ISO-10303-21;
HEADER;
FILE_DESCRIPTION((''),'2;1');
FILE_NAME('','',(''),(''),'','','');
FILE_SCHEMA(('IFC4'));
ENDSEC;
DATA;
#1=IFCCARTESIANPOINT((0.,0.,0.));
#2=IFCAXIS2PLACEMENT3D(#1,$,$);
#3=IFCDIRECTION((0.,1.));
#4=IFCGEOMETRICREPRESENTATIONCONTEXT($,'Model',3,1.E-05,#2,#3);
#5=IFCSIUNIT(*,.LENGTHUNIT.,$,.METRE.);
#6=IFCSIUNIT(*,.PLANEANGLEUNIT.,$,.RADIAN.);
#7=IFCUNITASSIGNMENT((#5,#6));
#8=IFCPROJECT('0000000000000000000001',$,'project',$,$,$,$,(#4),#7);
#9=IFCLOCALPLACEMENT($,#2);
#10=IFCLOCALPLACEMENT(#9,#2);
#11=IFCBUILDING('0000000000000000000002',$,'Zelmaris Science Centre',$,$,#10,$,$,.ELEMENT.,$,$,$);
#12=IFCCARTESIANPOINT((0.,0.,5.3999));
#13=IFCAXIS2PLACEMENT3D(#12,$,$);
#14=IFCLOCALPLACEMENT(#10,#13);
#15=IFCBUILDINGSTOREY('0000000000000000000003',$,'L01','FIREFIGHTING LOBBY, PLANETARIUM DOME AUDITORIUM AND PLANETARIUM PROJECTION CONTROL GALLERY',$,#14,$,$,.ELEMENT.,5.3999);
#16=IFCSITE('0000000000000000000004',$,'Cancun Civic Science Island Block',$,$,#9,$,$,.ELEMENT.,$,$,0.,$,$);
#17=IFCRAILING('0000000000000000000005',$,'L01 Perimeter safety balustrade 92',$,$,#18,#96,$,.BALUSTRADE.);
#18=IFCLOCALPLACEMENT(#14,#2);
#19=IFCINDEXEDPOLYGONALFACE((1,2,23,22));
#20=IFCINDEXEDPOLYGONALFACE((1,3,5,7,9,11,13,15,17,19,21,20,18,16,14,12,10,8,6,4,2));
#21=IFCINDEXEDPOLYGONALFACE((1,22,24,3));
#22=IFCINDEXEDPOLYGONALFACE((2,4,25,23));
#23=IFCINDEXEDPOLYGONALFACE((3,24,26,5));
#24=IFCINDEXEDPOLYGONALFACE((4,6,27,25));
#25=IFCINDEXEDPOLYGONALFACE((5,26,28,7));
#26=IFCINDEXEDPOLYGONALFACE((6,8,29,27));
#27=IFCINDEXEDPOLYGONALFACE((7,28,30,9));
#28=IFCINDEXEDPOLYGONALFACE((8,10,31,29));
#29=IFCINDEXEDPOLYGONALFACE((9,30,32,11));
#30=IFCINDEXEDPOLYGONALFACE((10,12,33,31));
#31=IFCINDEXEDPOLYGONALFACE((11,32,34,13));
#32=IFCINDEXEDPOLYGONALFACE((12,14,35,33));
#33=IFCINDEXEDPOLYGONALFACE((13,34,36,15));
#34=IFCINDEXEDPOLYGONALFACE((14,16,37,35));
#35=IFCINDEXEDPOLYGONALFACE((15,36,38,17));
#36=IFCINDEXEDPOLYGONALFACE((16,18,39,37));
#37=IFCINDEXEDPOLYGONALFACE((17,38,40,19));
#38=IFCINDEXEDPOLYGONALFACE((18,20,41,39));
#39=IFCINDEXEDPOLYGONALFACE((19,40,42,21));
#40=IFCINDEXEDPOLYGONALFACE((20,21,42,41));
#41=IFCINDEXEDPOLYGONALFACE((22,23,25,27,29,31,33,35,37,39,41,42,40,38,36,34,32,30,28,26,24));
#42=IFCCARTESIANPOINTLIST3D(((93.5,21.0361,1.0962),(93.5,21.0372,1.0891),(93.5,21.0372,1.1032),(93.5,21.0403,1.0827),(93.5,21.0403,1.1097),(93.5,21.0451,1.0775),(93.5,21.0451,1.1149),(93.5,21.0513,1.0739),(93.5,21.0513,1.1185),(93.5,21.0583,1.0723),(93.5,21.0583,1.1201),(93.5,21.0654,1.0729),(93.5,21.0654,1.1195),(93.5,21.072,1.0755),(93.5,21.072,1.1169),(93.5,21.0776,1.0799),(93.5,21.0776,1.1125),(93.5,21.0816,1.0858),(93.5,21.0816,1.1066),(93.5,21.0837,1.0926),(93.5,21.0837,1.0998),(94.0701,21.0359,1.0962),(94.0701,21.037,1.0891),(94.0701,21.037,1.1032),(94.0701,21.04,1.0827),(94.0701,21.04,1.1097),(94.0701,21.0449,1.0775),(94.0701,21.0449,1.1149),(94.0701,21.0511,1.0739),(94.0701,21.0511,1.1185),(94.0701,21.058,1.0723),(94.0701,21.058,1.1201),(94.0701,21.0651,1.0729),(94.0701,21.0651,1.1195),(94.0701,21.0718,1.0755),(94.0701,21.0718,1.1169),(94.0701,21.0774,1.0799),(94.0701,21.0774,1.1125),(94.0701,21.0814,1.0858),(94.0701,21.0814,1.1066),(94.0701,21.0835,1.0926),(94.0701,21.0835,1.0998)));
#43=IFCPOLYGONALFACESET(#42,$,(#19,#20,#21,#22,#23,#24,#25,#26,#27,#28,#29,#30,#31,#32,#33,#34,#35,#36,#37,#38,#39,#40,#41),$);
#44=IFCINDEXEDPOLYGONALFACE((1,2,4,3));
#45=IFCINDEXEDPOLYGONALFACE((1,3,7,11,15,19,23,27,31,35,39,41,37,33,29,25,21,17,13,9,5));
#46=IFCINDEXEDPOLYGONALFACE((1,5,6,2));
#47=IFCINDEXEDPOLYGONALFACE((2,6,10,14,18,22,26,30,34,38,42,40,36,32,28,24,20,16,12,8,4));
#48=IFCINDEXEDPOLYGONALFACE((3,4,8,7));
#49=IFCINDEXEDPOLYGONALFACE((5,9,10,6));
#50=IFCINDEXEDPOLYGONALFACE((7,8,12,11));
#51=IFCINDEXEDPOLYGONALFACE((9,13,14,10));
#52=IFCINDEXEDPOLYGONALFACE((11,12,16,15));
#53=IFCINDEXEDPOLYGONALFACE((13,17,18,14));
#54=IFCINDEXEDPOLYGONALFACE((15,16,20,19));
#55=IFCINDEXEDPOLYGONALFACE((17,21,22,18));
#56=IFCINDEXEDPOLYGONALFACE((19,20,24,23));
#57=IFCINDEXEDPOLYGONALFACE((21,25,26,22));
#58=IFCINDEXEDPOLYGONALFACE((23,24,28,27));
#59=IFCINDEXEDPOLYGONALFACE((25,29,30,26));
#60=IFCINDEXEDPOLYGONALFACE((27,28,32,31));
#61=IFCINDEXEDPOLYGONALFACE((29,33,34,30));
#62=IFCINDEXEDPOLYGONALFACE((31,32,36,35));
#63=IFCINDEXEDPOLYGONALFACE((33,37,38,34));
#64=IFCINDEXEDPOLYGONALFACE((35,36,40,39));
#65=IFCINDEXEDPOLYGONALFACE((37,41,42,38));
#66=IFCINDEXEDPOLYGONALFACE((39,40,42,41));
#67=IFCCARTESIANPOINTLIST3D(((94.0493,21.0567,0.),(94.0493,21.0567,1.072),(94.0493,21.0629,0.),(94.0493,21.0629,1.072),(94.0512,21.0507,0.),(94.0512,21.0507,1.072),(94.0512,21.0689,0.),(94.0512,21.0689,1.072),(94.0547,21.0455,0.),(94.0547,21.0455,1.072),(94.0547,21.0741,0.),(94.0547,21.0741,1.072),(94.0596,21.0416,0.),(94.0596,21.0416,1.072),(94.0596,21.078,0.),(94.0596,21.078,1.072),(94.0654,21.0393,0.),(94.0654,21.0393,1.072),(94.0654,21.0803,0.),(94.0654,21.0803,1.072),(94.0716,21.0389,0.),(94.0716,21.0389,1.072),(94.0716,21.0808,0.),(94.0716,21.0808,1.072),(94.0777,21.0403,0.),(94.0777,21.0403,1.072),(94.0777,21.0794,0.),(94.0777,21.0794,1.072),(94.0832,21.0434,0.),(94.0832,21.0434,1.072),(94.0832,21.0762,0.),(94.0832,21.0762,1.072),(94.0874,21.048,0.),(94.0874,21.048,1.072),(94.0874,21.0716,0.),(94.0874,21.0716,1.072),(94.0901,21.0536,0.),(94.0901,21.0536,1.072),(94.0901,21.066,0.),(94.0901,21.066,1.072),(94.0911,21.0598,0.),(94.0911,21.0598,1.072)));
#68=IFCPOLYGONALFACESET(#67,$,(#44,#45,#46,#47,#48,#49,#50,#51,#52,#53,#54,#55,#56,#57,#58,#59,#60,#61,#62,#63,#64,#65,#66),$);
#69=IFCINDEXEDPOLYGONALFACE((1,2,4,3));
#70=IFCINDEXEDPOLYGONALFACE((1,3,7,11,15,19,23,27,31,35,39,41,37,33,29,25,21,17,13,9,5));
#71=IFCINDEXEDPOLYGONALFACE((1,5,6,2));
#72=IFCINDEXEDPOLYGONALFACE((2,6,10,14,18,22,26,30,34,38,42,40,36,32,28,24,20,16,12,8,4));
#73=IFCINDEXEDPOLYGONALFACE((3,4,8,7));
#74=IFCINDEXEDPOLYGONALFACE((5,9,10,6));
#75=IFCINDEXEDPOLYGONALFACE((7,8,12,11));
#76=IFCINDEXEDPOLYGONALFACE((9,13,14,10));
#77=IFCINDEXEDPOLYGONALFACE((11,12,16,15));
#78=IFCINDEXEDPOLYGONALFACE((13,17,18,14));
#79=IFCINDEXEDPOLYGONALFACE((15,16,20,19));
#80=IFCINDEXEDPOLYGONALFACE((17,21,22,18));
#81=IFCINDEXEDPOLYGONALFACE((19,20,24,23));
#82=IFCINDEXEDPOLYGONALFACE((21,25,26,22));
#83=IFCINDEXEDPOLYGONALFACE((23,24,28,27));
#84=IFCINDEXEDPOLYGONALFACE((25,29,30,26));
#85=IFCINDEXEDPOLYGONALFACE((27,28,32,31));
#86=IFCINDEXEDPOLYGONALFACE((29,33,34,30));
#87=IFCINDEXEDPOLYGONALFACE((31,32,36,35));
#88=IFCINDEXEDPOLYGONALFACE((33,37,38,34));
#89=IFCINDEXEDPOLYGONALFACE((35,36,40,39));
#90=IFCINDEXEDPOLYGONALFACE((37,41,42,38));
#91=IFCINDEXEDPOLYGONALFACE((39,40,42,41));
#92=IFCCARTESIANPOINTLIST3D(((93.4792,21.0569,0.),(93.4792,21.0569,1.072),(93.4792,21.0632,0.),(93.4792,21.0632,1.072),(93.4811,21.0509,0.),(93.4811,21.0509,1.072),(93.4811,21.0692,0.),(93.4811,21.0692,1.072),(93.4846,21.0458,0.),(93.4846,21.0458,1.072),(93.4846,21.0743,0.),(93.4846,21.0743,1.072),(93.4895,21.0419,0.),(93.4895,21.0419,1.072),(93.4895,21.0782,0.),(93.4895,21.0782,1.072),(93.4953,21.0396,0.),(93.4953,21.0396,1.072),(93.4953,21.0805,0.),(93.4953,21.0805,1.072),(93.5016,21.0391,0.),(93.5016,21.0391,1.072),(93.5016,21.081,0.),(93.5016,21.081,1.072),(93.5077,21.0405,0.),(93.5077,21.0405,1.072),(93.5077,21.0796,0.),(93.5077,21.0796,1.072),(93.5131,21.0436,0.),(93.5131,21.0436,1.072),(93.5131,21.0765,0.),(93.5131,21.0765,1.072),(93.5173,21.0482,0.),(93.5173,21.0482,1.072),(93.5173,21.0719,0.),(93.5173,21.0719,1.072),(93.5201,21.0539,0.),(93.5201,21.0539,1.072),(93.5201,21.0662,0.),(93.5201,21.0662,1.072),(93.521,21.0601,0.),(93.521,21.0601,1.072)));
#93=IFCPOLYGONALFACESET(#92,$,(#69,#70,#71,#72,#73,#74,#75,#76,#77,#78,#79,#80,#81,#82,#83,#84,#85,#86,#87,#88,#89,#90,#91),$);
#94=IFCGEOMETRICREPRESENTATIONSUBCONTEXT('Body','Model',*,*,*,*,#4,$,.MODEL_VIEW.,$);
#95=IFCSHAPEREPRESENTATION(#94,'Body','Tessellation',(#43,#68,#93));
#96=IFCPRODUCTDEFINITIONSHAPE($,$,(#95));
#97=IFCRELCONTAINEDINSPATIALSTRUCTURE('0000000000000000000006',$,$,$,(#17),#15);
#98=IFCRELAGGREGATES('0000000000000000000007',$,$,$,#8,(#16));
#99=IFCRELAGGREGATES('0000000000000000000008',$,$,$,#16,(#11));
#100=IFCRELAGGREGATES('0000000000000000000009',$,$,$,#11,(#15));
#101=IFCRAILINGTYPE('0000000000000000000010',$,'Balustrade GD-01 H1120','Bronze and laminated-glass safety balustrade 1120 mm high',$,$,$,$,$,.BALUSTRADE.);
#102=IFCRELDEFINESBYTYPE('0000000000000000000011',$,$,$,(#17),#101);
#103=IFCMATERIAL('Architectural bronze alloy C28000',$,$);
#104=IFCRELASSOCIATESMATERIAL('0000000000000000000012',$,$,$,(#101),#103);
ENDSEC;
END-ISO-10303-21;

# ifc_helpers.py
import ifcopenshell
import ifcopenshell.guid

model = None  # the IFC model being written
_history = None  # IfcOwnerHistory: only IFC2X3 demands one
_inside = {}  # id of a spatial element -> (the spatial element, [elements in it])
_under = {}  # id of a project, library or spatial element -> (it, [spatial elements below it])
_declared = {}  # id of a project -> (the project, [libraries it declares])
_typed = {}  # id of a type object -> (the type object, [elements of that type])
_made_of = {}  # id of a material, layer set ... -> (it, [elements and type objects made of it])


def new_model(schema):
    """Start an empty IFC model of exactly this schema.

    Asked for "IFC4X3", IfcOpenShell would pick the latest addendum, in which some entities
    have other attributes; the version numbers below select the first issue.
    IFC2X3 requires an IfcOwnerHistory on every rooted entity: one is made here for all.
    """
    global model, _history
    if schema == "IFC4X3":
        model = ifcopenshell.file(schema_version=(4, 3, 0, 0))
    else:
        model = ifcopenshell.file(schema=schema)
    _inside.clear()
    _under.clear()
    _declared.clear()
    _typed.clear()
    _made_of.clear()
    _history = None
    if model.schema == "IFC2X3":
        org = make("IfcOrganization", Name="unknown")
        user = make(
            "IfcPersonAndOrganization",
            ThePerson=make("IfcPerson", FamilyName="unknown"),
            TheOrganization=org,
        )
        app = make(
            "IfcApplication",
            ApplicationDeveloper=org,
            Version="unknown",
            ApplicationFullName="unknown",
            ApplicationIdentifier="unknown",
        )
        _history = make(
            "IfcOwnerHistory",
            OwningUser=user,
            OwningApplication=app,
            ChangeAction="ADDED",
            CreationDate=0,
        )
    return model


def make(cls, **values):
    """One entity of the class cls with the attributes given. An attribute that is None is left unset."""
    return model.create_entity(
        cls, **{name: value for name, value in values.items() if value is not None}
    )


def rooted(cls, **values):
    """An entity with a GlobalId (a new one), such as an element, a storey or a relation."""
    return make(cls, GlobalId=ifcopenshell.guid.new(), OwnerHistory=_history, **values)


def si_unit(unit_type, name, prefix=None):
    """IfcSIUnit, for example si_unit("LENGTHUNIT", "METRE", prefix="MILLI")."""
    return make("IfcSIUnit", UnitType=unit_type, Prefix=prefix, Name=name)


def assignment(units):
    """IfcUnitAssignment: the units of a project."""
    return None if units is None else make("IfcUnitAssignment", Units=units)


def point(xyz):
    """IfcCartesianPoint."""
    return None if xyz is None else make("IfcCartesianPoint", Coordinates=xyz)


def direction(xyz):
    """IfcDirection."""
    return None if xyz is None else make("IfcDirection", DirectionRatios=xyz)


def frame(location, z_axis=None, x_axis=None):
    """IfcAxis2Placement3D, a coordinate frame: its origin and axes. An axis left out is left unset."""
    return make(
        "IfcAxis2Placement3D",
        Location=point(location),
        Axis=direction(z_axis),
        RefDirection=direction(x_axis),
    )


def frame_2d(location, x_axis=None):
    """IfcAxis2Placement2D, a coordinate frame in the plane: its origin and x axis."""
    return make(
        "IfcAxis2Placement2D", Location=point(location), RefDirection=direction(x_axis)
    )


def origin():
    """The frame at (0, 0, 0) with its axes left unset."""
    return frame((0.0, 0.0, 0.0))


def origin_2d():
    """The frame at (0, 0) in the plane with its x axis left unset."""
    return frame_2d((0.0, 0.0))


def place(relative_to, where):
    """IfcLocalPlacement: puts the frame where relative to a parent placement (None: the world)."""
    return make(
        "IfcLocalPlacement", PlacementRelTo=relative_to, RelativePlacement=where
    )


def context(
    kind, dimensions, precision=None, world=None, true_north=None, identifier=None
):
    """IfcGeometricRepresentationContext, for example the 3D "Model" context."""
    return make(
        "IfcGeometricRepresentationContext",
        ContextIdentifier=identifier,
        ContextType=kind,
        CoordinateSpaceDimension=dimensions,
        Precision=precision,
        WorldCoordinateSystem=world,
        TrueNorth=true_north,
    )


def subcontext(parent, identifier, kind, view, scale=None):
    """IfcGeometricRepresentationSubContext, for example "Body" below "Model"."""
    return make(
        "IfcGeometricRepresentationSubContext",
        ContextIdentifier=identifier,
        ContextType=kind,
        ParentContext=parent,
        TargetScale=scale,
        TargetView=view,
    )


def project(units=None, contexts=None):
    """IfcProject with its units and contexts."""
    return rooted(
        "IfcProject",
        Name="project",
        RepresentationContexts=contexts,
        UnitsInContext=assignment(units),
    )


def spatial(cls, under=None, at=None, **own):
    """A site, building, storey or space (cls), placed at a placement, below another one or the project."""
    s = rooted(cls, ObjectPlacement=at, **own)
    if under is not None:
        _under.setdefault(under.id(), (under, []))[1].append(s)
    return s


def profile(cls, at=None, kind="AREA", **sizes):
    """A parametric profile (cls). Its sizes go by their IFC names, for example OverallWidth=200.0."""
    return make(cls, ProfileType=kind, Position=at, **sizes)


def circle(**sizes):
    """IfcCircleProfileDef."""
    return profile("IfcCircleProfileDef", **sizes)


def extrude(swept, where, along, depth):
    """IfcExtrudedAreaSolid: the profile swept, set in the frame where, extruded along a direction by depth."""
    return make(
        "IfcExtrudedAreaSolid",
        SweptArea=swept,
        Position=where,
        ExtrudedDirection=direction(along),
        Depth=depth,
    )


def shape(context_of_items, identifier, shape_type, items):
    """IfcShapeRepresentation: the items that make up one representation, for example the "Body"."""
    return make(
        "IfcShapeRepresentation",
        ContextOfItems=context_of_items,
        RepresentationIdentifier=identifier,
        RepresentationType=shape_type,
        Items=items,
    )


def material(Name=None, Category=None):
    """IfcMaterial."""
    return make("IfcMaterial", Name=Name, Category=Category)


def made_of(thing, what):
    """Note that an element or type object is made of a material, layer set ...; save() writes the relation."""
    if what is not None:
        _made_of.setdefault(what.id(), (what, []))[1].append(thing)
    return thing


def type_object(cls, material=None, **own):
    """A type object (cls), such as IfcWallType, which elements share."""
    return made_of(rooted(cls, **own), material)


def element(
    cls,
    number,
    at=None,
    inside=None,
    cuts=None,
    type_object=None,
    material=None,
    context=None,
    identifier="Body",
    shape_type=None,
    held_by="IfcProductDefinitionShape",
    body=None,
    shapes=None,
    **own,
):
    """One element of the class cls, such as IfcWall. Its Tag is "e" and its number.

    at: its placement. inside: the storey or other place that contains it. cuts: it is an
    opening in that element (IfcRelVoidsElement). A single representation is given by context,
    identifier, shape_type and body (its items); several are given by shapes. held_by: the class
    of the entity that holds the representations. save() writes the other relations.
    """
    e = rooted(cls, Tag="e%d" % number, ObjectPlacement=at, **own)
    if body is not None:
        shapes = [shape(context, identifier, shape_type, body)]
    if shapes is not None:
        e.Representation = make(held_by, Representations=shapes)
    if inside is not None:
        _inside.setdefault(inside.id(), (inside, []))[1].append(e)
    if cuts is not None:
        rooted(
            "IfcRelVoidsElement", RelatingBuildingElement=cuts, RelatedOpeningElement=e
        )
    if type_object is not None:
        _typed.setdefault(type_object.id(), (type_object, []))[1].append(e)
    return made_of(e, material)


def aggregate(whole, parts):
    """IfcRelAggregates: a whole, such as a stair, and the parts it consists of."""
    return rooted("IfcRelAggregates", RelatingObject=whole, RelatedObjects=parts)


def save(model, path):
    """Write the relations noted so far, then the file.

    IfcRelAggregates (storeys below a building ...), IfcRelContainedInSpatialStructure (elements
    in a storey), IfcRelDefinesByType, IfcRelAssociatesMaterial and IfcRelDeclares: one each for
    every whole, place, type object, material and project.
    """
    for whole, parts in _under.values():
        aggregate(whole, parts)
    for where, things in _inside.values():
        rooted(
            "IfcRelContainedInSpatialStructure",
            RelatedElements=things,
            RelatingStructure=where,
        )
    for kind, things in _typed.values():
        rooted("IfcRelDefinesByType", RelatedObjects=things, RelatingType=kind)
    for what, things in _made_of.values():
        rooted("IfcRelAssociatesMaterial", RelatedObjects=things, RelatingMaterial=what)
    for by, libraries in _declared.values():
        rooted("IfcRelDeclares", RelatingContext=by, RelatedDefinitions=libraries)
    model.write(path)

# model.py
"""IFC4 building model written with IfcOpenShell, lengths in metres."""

from ifc_helpers import new_model, si_unit, direction, frame, origin, origin_2d, place, context, subcontext, project, spatial, circle, extrude, material, type_object, element, save


model = new_model("IFC4")

# Units and contexts
model_context = context("Model", 3, precision=1e-05, world=origin(), true_north=direction((0.0, 1.0)))
body_context = subcontext(model_context, "Body", "Model", "MODEL_VIEW")
ifc_project = project(units=[si_unit("LENGTHUNIT", "METRE"), si_unit("PLANEANGLEUNIT", "RADIAN")], contexts=[model_context])

# Site, building, storey
site_placement = place(None, origin())
site = spatial("IfcSite", under=ifc_project, at=site_placement, Name="Cancun Civic Science Island Block", CompositionType="ELEMENT", RefElevation=0.0)
building_placement = place(site_placement, origin())
building = spatial("IfcBuilding", under=site, at=building_placement, Name="Zelmaris Science Centre", CompositionType="ELEMENT")
storey_placement = place(building_placement, frame((0.0, 0.0, 5.3999)))
storey = spatial("IfcBuildingStorey", under=building, at=storey_placement, Name="L01", Description="FIREFIGHTING LOBBY, PLANETARIUM DOME AUDITORIUM AND PLANETARIUM PROJECTION CONTROL GALLERY", CompositionType="ELEMENT", Elevation=5.3999)

# Railing
ifc_material_1 = material(Name="Architectural bronze alloy C28000")
railing_type = type_object("IfcRailingType", Name="Balustrade GD-01 H1120", Description="Bronze and laminated-glass safety balustrade 1120 mm high", PredefinedType="BALUSTRADE", material=ifc_material_1)
railing_placement = place(storey_placement, frame((94.0701, 21.0598, 0.0)))
element("IfcRailing", 1, at=railing_placement, inside=storey, type_object=railing_type, Name="L01 Perimeter safety balustrade 92", PredefinedType="BALUSTRADE", context=body_context, shape_type="SweptSolid", body=[
    extrude(circle(Radius=0.0239, at=origin_2d()), frame((0.0, 0.0, 1.0962), z_axis=(-1.0, 0.000428, 0.0), x_axis=(-0.000428, -1.0, 0.0)), (0.0, 0.0, 1.0), 0.5701),
    extrude(circle(Radius=0.021, at=origin_2d()), origin(), (0.0, 0.0, 1.0), 1.072),
    extrude(circle(Radius=0.021, at=origin_2d()), frame((-0.5701, 0.0002, 0.0)), (0.0, 0.0, 1.0), 1.072),
])

save(model, "model.ifc")
